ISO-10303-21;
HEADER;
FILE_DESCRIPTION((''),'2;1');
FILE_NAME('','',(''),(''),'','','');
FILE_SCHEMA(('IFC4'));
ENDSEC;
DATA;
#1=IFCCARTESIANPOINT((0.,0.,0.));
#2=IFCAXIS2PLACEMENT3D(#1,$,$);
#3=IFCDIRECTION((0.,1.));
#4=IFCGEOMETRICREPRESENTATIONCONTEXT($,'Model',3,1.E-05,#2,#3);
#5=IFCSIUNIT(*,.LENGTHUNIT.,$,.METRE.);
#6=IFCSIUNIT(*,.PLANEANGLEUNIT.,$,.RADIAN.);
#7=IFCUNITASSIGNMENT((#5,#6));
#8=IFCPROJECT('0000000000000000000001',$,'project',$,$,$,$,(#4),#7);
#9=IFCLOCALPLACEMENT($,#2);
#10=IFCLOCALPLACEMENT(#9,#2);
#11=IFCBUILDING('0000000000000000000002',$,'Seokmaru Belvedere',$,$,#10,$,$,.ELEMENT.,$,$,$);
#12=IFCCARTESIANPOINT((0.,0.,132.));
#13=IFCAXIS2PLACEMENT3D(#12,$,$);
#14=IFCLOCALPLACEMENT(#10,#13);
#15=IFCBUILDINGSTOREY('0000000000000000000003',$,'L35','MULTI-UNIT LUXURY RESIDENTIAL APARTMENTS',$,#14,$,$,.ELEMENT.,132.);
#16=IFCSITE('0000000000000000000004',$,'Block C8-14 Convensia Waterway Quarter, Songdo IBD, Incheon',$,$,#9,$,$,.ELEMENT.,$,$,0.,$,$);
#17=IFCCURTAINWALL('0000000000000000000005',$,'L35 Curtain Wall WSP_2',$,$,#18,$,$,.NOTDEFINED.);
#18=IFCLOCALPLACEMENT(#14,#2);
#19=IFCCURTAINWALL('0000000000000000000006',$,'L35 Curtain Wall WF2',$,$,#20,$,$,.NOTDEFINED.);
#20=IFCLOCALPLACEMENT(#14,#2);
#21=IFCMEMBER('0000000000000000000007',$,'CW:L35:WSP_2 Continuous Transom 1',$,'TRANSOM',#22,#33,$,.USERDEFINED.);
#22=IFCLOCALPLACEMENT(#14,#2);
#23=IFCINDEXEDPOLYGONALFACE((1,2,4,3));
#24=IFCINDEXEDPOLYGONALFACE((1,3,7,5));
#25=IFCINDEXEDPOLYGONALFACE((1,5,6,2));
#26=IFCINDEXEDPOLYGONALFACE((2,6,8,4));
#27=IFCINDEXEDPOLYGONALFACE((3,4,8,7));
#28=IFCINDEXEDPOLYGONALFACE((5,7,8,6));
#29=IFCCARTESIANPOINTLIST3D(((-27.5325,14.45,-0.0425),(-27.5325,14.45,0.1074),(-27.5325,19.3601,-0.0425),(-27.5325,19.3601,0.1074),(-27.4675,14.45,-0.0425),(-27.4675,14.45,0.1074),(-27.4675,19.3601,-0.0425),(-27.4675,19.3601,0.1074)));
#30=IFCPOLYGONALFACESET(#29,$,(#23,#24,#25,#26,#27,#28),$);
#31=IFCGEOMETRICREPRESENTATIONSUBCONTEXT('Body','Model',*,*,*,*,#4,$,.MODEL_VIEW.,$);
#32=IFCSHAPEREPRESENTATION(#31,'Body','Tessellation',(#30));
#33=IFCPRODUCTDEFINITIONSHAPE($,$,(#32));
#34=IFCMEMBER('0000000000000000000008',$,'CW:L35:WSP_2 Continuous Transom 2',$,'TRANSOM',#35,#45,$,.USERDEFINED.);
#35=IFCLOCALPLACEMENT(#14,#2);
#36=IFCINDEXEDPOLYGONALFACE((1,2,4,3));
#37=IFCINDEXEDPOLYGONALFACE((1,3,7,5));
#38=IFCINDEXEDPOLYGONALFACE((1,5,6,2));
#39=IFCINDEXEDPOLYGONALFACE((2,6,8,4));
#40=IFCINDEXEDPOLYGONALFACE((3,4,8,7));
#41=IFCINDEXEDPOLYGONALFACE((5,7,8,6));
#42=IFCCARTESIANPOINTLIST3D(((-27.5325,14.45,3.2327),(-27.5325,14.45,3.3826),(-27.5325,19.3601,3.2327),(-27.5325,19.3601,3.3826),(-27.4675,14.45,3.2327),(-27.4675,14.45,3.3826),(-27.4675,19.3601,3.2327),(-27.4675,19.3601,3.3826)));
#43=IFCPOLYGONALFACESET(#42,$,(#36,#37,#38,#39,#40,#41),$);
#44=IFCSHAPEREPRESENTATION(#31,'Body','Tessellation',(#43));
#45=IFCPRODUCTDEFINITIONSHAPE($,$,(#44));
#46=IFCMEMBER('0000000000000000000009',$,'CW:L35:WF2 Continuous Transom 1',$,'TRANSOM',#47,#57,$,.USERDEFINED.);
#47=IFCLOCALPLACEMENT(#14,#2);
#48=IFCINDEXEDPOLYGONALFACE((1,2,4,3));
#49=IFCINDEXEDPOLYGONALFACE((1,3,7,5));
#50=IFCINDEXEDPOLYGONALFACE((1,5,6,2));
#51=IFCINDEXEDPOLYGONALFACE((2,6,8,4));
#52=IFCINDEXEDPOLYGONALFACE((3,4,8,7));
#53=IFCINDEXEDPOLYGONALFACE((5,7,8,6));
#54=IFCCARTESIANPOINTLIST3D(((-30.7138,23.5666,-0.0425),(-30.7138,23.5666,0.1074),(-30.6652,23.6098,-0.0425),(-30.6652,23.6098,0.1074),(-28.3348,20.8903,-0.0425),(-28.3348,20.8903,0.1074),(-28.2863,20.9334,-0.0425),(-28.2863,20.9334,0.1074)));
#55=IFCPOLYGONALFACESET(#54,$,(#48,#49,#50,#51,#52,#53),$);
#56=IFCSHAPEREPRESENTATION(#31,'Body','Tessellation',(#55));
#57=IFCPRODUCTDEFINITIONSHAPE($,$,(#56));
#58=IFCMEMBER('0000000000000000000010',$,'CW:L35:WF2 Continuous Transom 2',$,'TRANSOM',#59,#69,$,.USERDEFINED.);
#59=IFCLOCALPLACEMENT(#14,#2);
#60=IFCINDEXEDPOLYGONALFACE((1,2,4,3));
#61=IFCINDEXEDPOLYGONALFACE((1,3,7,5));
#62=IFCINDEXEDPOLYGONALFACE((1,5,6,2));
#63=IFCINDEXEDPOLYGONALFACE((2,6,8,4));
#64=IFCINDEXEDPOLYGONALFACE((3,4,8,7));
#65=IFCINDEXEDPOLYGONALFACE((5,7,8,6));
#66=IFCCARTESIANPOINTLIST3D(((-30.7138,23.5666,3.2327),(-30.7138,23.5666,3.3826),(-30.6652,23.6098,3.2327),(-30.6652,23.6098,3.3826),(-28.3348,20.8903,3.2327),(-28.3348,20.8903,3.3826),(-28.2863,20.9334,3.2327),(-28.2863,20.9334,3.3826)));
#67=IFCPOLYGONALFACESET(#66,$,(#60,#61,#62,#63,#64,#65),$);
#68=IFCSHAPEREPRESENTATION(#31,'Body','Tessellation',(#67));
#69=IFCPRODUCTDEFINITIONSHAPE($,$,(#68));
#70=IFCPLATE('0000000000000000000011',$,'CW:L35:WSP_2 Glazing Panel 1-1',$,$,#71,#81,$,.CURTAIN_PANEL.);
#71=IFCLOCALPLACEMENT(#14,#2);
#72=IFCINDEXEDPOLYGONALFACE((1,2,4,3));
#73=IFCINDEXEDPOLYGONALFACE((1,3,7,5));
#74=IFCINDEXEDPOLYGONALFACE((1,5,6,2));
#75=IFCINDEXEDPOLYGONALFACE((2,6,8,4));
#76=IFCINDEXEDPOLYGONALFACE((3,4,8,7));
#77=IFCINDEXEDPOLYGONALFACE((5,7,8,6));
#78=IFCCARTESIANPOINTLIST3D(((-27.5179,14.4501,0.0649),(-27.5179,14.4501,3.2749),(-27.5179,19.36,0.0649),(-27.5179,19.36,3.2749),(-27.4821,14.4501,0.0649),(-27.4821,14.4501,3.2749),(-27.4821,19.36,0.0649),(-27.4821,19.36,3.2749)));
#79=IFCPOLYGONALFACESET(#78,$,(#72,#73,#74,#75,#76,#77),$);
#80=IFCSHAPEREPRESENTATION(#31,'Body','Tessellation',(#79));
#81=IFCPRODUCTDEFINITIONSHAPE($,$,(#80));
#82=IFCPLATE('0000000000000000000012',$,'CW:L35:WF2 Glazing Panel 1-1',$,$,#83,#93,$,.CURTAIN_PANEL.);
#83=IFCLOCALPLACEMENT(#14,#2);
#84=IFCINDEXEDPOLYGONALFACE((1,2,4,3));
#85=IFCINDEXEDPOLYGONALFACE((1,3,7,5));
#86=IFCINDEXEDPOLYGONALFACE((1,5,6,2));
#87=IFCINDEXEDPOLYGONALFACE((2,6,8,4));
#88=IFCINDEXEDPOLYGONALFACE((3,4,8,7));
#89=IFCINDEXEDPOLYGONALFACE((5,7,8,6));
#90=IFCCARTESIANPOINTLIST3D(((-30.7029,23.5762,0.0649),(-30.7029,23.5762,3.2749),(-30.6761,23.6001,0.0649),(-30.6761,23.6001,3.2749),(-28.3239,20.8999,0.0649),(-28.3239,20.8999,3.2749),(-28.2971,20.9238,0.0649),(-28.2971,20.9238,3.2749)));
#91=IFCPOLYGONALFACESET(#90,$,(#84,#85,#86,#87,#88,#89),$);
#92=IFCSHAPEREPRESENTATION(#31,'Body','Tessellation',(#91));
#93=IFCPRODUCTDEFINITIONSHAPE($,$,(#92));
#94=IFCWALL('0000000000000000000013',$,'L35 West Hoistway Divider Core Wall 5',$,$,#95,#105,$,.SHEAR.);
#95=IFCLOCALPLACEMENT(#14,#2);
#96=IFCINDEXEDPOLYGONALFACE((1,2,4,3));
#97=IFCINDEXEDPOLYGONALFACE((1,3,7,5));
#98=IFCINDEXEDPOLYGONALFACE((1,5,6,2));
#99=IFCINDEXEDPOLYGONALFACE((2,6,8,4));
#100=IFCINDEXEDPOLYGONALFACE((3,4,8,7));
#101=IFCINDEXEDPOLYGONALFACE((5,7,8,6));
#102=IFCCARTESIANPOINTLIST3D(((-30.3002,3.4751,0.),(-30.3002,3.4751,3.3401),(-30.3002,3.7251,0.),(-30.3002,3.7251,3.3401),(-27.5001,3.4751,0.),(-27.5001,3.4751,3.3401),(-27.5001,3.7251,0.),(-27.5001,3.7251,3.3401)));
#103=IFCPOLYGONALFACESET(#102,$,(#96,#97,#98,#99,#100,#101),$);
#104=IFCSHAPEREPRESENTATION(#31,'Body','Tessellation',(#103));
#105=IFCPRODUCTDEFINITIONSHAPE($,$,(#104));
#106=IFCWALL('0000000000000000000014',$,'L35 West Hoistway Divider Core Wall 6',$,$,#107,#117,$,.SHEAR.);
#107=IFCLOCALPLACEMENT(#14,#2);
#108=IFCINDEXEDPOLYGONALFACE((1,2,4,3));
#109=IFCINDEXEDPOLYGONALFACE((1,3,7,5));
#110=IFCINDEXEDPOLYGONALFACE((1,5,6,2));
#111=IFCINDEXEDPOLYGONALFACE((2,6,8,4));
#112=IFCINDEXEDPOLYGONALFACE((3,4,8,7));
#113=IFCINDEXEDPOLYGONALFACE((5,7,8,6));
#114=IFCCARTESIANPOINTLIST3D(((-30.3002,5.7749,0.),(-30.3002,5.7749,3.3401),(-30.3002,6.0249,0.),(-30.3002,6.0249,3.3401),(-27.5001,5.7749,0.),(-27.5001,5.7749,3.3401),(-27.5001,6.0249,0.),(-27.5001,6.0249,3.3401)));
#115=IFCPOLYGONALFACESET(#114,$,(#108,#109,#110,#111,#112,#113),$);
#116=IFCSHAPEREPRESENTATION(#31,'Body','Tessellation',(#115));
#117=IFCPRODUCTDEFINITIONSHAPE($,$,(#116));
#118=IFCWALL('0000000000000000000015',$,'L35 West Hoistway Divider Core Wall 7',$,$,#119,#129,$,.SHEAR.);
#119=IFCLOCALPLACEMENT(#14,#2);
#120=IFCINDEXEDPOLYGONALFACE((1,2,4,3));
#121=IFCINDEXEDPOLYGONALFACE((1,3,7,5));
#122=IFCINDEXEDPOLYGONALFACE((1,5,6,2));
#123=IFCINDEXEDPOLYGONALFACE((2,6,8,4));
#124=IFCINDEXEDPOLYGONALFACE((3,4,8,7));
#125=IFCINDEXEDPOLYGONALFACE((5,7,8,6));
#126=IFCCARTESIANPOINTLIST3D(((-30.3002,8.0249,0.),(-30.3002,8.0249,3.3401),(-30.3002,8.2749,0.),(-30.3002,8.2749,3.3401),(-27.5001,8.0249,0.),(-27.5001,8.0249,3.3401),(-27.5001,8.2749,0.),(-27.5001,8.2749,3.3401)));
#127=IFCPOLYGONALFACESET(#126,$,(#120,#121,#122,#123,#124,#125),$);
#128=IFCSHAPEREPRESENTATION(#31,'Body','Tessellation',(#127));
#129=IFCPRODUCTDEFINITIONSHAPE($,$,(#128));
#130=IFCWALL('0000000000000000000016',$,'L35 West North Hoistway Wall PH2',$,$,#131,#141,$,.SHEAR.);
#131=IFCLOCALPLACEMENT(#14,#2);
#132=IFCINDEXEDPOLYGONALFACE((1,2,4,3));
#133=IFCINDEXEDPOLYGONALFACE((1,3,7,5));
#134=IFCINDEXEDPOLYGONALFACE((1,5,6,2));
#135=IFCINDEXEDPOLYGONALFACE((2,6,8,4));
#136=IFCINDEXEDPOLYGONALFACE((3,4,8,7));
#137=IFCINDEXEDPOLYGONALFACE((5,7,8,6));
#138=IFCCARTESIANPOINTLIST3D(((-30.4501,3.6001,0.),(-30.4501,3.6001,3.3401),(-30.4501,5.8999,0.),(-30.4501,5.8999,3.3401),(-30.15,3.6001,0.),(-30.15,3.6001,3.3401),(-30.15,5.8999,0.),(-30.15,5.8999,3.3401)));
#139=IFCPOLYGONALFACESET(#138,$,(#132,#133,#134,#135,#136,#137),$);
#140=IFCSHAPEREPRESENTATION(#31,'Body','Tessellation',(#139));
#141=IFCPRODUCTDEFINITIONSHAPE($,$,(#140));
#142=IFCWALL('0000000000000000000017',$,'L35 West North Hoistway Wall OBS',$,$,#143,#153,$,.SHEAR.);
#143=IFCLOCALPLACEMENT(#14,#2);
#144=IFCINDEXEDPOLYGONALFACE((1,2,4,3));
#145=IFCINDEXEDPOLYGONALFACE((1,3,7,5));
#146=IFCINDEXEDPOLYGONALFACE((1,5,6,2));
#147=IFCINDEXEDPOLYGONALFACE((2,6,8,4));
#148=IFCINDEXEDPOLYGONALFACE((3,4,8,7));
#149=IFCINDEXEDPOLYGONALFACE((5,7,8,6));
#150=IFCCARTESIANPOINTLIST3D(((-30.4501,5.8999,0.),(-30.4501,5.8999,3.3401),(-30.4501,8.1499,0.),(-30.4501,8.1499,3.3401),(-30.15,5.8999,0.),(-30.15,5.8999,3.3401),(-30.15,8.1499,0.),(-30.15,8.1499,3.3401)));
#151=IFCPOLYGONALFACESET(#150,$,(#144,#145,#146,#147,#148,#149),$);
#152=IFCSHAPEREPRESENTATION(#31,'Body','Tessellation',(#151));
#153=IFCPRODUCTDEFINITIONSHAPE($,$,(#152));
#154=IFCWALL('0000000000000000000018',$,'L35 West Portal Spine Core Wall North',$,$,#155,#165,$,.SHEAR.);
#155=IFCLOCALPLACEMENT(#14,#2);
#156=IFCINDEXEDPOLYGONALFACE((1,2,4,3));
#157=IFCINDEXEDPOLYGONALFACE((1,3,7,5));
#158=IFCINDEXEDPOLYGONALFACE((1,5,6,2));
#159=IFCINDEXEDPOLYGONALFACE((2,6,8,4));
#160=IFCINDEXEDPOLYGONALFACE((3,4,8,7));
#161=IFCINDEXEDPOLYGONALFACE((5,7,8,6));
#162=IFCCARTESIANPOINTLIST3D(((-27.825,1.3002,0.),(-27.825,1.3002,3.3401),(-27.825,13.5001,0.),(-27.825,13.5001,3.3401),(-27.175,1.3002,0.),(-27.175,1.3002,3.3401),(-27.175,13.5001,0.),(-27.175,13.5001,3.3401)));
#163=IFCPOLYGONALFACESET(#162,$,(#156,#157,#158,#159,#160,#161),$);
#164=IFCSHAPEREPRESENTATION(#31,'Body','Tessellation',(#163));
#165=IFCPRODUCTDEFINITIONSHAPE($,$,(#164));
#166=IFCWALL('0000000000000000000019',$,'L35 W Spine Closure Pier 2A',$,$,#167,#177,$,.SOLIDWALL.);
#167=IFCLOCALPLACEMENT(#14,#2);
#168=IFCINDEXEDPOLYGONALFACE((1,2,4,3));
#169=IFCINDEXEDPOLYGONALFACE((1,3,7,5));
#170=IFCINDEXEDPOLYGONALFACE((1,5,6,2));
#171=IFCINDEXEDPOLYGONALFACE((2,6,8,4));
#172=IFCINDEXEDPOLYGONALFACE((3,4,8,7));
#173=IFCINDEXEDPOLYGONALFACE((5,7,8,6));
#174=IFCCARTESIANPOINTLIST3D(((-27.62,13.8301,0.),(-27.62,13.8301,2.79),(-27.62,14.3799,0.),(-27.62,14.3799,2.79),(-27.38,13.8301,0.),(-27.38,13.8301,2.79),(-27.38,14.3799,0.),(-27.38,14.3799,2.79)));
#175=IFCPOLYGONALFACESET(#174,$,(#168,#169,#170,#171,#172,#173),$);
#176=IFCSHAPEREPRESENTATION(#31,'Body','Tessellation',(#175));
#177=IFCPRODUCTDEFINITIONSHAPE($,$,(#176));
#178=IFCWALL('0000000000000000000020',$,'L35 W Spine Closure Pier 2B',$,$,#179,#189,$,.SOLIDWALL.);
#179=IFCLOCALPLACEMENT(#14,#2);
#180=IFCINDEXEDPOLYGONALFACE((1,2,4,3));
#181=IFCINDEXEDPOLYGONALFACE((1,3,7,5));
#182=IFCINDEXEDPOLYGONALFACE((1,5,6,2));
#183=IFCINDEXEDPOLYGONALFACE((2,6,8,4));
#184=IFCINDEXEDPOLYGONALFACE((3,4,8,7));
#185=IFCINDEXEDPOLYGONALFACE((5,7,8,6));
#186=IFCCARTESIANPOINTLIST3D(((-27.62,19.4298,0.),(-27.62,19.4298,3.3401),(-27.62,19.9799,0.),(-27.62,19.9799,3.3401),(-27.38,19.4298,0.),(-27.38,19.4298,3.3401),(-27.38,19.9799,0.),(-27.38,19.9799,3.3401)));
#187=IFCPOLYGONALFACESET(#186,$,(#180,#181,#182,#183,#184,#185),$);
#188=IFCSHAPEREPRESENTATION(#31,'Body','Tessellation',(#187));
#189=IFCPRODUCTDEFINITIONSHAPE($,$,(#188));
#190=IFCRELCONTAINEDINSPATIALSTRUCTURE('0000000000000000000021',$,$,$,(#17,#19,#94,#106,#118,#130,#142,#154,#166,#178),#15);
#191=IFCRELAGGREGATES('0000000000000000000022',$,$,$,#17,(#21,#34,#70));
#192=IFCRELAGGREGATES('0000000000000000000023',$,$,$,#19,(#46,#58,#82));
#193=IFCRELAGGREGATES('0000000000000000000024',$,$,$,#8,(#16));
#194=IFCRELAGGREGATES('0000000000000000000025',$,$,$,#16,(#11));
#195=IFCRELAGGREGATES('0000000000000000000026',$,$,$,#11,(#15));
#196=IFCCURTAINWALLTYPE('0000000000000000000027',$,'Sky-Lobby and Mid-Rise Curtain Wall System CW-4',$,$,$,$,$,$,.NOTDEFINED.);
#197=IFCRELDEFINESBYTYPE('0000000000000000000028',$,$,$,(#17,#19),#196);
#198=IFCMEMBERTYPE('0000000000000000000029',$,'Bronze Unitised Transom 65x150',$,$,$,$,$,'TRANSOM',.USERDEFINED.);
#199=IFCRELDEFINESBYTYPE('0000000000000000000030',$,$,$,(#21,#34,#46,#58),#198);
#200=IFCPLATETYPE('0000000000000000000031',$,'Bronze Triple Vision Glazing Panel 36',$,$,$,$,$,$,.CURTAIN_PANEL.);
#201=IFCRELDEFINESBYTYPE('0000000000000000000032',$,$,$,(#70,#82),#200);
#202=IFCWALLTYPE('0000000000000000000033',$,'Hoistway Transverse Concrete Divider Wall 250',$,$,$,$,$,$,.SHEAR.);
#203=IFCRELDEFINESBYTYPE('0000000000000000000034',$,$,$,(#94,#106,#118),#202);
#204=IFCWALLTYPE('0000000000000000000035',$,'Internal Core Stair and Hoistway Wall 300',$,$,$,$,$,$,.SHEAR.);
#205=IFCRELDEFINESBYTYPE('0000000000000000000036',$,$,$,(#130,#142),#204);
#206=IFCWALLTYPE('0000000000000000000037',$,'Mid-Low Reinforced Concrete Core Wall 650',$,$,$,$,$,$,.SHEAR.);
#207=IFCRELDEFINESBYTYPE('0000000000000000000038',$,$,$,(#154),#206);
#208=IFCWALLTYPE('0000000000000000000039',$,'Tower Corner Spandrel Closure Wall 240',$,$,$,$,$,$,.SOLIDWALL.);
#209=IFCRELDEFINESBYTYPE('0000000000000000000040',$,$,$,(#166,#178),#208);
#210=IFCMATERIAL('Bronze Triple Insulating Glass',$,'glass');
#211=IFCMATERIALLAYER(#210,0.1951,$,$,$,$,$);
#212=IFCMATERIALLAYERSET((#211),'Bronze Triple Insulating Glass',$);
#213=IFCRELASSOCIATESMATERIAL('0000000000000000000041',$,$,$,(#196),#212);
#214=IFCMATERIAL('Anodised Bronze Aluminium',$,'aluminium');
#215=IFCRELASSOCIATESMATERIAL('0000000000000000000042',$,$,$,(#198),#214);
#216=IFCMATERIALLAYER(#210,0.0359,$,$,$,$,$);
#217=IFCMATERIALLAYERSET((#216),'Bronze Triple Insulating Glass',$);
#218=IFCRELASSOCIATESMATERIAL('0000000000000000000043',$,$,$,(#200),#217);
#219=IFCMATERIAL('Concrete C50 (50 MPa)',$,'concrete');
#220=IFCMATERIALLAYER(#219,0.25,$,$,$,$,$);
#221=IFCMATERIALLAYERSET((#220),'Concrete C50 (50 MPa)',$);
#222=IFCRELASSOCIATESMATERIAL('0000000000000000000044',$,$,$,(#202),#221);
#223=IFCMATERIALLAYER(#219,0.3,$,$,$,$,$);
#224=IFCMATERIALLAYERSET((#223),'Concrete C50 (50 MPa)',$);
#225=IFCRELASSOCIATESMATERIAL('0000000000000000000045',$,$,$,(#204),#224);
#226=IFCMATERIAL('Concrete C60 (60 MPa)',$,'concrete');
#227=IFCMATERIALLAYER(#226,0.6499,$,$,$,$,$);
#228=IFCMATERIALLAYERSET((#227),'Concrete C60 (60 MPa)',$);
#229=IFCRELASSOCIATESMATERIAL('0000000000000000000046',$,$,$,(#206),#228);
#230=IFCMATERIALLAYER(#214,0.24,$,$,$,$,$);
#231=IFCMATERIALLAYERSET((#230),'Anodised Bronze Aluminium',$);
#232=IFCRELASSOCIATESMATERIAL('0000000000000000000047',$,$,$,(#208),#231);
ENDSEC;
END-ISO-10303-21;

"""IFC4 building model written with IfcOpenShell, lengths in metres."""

from ifc_helpers import new_model, si_unit, direction, frame, frame_2d, origin, origin_2d, place, context, subcontext, project, spatial, rectangle, extrude, source, transform, mapped, material, layer, layer_set, material_profile, profile_set, type_object, type_shapes, element, aggregate, save


model = new_model("IFC4")

# Units and contexts
model_context = context("Model", 3, precision=1e-05, world=origin(), true_north=direction((0.0, 1.0)))
body_context = subcontext(model_context, "Body", "Model", "MODEL_VIEW")
ifc_project = project(units=[si_unit("LENGTHUNIT", "METRE"), si_unit("PLANEANGLEUNIT", "RADIAN")], contexts=[model_context])

# Site, building, storey
site_placement = place(None, origin())
site = spatial("IfcSite", under=ifc_project, at=site_placement, Name="Block C8-14 Convensia Waterway Quarter, Songdo IBD, Incheon", CompositionType="ELEMENT", RefElevation=0.0)
building_placement = place(site_placement, origin())
building = spatial("IfcBuilding", under=site, at=building_placement, Name="Seokmaru Belvedere", CompositionType="ELEMENT")
storey_placement = place(building_placement, frame((0.0, 0.0, 132.0)))
storey = spatial("IfcBuildingStorey", under=building, at=storey_placement, Name="L35", Description="MULTI-UNIT LUXURY RESIDENTIAL APARTMENTS", CompositionType="ELEMENT", Elevation=132.0)

# Curtain wall
ifc_material_1 = material(Name="Bronze Triple Insulating Glass", Category="glass")
ifc_layer_1 = layer(ifc_material_1, 0.1951)
ifc_layer_set_1 = layer_set([ifc_layer_1], Name="Bronze Triple Insulating Glass")
curtain_wall_type = type_object("IfcCurtainWallType", Name="Sky-Lobby and Mid-Rise Curtain Wall System CW-4", PredefinedType="NOTDEFINED", material=ifc_layer_set_1)
curtain_wall_1_placement = place(storey_placement, origin())
curtain_wall_1 = element("IfcCurtainWall", 1, at=curtain_wall_1_placement, inside=storey, type_object=curtain_wall_type, Name="L35 Curtain Wall WSP_2", PredefinedType="NOTDEFINED")
ifc_material_2 = material(Name="Anodised Bronze Aluminium", Category="aluminium")

# Curtain wall
curtain_wall_2_placement = place(storey_placement, origin())
curtain_wall_2 = element("IfcCurtainWall", 2, at=curtain_wall_2_placement, inside=storey, type_object=curtain_wall_type, Name="L35 Curtain Wall WF2", PredefinedType="NOTDEFINED")

# Members
ifc_material_profile_1 = material_profile(ifc_material_2, rectangle(XDim=0.0649, YDim=0.1499, at=origin_2d()), Name="CW-T-65x150")
ifc_profile_set_1 = profile_set([ifc_material_profile_1], Name="Anodised Bronze Aluminium")
member_type_1 = type_object("IfcMemberType", Name="Bronze Unitised Transom 65x150", ElementType="TRANSOM", PredefinedType="USERDEFINED", material=ifc_profile_set_1)
shared_shape_1 = source(origin(), body_context, "Body", "SweptSolid", [
    extrude(rectangle(XDim=0.0649, YDim=0.1499, at=origin_2d()), origin(), (0.0, 0.0, 1.0), 4.9102),
])
member_1_placement = place(storey_placement, frame((-27.5, 14.45, 0.0325), z_axis=(0.0, 1.0, 0.0), x_axis=(-1.0, 0.0, 0.0)))
member_1 = element("IfcMember", 3, at=member_1_placement, type_object=member_type_1, Name="CW:L35:WSP_2 Continuous Transom 1", ObjectType="TRANSOM", PredefinedType="USERDEFINED", context=body_context, shape_type="MappedRepresentation", body=[
    mapped(shared_shape_1, transform((0.0, 0.0, 0.0), scale=1.0)),
])
member_2_placement = place(storey_placement, frame((-27.5, 14.45, 3.3076), z_axis=(0.0, 1.0, 0.0), x_axis=(-1.0, 0.0, 0.0)))
member_2 = element("IfcMember", 4, at=member_2_placement, type_object=member_type_1, Name="CW:L35:WSP_2 Continuous Transom 2", ObjectType="TRANSOM", PredefinedType="USERDEFINED", context=body_context, shape_type="MappedRepresentation", body=[
    mapped(shared_shape_1, transform((0.0, 0.0, 0.0), scale=1.0)),
])
shared_shape_2 = source(origin(), body_context, "Body", "SweptSolid", [
    extrude(rectangle(XDim=0.0649, YDim=0.1499, at=origin_2d()), origin(), (0.0, 0.0, 1.0), 3.5808),
])
type_shapes(member_type_1, [shared_shape_1, shared_shape_2])
member_3_placement = place(storey_placement, frame((-28.3105, 20.9119, 0.0325), z_axis=(-0.664364, 0.747409, 0.0), x_axis=(-0.747409, -0.664364, 0.0)))
member_3 = element("IfcMember", 5, at=member_3_placement, type_object=member_type_1, Name="CW:L35:WF2 Continuous Transom 1", ObjectType="TRANSOM", PredefinedType="USERDEFINED", context=body_context, shape_type="MappedRepresentation", body=[
    mapped(shared_shape_2, transform((0.0, 0.0, 0.0), scale=1.0)),
])
member_4_placement = place(storey_placement, frame((-28.3105, 20.9119, 3.3076), z_axis=(-0.664364, 0.747409, 0.0), x_axis=(-0.747409, -0.664364, 0.0)))
member_4 = element("IfcMember", 6, at=member_4_placement, type_object=member_type_1, Name="CW:L35:WF2 Continuous Transom 2", ObjectType="TRANSOM", PredefinedType="USERDEFINED", context=body_context, shape_type="MappedRepresentation", body=[
    mapped(shared_shape_2, transform((0.0, 0.0, 0.0), scale=1.0)),
])

# Plates
ifc_layer_2 = layer(ifc_material_1, 0.0359)
ifc_layer_set_2 = layer_set([ifc_layer_2], Name="Bronze Triple Insulating Glass")
plate_type = type_object("IfcPlateType", Name="Bronze Triple Vision Glazing Panel 36", PredefinedType="CURTAIN_PANEL", material=ifc_layer_set_2)
shared_shape_3 = source(origin(), body_context, "Body", "SweptSolid", [
    extrude(rectangle(XDim=4.9099, YDim=0.0359, at=origin_2d()), origin(), (0.0, 0.0, 1.0), 3.21),
])
plate_1_placement = place(storey_placement, frame((-27.5, 16.905, 0.0649), z_axis=(0.0, 0.0, 1.0), x_axis=(0.0, 1.0, 0.0)))
plate_1 = element("IfcPlate", 7, at=plate_1_placement, type_object=plate_type, Name="CW:L35:WSP_2 Glazing Panel 1-1", PredefinedType="CURTAIN_PANEL", context=body_context, shape_type="MappedRepresentation", body=[
    mapped(shared_shape_3, transform((0.0, 0.0, 0.0), scale=1.0)),
])
aggregate(curtain_wall_1, [member_1, member_2, plate_1])
shared_shape_4 = source(origin(), body_context, "Body", "SweptSolid", [
    extrude(rectangle(XDim=3.5808, YDim=0.0359, at=origin_2d()), origin(), (0.0, 0.0, 1.0), 3.21),
])
type_shapes(plate_type, [shared_shape_3, shared_shape_4])
plate_2_placement = place(storey_placement, frame((-29.5, 22.25, 0.0649), z_axis=(0.0, 0.0, 1.0), x_axis=(-0.664363, 0.74741, 0.0)))
plate_2 = element("IfcPlate", 8, at=plate_2_placement, type_object=plate_type, Name="CW:L35:WF2 Glazing Panel 1-1", PredefinedType="CURTAIN_PANEL", context=body_context, shape_type="MappedRepresentation", body=[
    mapped(shared_shape_4, transform((0.0, 0.0, 0.0), scale=1.0)),
])
aggregate(curtain_wall_2, [member_3, member_4, plate_2])

# Walls
ifc_material_3 = material(Name="Concrete C50 (50 MPa)", Category="concrete")
ifc_layer_3 = layer(ifc_material_3, 0.25)
ifc_layer_set_3 = layer_set([ifc_layer_3], Name="Concrete C50 (50 MPa)")
wall_type_1 = type_object("IfcWallType", Name="Hoistway Transverse Concrete Divider Wall 250", PredefinedType="SHEAR", material=ifc_layer_set_3)
for number, where, z_axis, x_axis, name in (
    (9, (-30.3, 3.6001, 0.0), (0.0, 0.0, 1.0), (1.0, 0.0, 0.0), "L35 West Hoistway Divider Core Wall 5"),
    (10, (-30.3, 5.8999, 0.0), (0.0, 0.0, 1.0), (1.0, 0.0, 0.0), "L35 West Hoistway Divider Core Wall 6"),
    (11, (-30.3, 8.1499, 0.0), (0.0, 0.0, 1.0), (1.0, 0.0, 0.0), "L35 West Hoistway Divider Core Wall 7"),
):
    element("IfcWall", number, at=place(storey_placement, frame(where, z_axis=z_axis, x_axis=x_axis)), inside=storey, type_object=wall_type_1, Name=name, PredefinedType="SHEAR", context=body_context, shape_type="SweptSolid", body=[
        extrude(rectangle(XDim=2.8, YDim=0.25, at=frame_2d((1.3999, 0.0))), origin(), (0.0, 0.0, 1.0), 3.3401),
    ])
ifc_layer_4 = layer(ifc_material_3, 0.3)
ifc_layer_set_4 = layer_set([ifc_layer_4], Name="Concrete C50 (50 MPa)")
wall_type_2 = type_object("IfcWallType", Name="Internal Core Stair and Hoistway Wall 300", PredefinedType="SHEAR", material=ifc_layer_set_4)
wall_1_placement = place(storey_placement, frame((-30.3, 3.6001, 0.0), z_axis=(0.0, 0.0, 1.0), x_axis=(0.0, 1.0, 0.0)))
element("IfcWall", 12, at=wall_1_placement, inside=storey, type_object=wall_type_2, Name="L35 West North Hoistway Wall PH2", PredefinedType="SHEAR", context=body_context, shape_type="SweptSolid", body=[
    extrude(rectangle(XDim=2.2998, YDim=0.3, at=frame_2d((1.1499, 0.0))), origin(), (0.0, 0.0, 1.0), 3.3401),
])
wall_2_placement = place(storey_placement, frame((-30.3, 5.8999, 0.0), z_axis=(0.0, 0.0, 1.0), x_axis=(0.0, 1.0, 0.0)))
element("IfcWall", 13, at=wall_2_placement, inside=storey, type_object=wall_type_2, Name="L35 West North Hoistway Wall OBS", PredefinedType="SHEAR", context=body_context, shape_type="SweptSolid", body=[
    extrude(rectangle(XDim=2.25, YDim=0.3, at=frame_2d((1.125, 0.0))), origin(), (0.0, 0.0, 1.0), 3.3401),
])

# Walls
ifc_material_4 = material(Name="Concrete C60 (60 MPa)", Category="concrete")
ifc_layer_5 = layer(ifc_material_4, 0.6499)
ifc_layer_set_5 = layer_set([ifc_layer_5], Name="Concrete C60 (60 MPa)")
wall_type_3 = type_object("IfcWallType", Name="Mid-Low Reinforced Concrete Core Wall 650", PredefinedType="SHEAR", material=ifc_layer_set_5)
wall_3_placement = place(storey_placement, frame((-27.5, 1.3, 0.0), z_axis=(0.0, 0.0, 1.0), x_axis=(0.0, 1.0, 0.0)))
element("IfcWall", 14, at=wall_3_placement, inside=storey, type_object=wall_type_3, Name="L35 West Portal Spine Core Wall North", PredefinedType="SHEAR", context=body_context, shape_type="SweptSolid", body=[
    extrude(rectangle(XDim=12.2, YDim=0.6499, at=frame_2d((6.1001, 0.0))), origin(), (0.0, 0.0, 1.0), 3.3401),
])
ifc_layer_6 = layer(ifc_material_2, 0.24)
ifc_layer_set_6 = layer_set([ifc_layer_6], Name="Anodised Bronze Aluminium")
wall_type_4 = type_object("IfcWallType", Name="Tower Corner Spandrel Closure Wall 240", PredefinedType="SOLIDWALL", material=ifc_layer_set_6)
wall_4_placement = place(storey_placement, frame((-27.5, 13.8301, 0.0), z_axis=(0.0, 0.0, 1.0), x_axis=(0.0, 1.0, 0.0)))
element("IfcWall", 15, at=wall_4_placement, inside=storey, type_object=wall_type_4, Name="L35 W Spine Closure Pier 2A", PredefinedType="SOLIDWALL", context=body_context, shape_type="SweptSolid", body=[
    extrude(rectangle(XDim=0.5498, YDim=0.24, at=frame_2d((0.2749, 0.0))), origin(), (0.0, 0.0, 1.0), 2.79),
])
wall_5_placement = place(storey_placement, frame((-27.5, 19.4299, 0.0), z_axis=(0.0, 0.0, 1.0), x_axis=(0.0, 1.0, 0.0)))
element("IfcWall", 16, at=wall_5_placement, inside=storey, type_object=wall_type_4, Name="L35 W Spine Closure Pier 2B", PredefinedType="SOLIDWALL", context=body_context, shape_type="SweptSolid", body=[
    extrude(rectangle(XDim=0.55, YDim=0.24, at=frame_2d((0.2749, 0.0))), origin(), (0.0, 0.0, 1.0), 3.3401),
])

save(model, "model.ifc")
